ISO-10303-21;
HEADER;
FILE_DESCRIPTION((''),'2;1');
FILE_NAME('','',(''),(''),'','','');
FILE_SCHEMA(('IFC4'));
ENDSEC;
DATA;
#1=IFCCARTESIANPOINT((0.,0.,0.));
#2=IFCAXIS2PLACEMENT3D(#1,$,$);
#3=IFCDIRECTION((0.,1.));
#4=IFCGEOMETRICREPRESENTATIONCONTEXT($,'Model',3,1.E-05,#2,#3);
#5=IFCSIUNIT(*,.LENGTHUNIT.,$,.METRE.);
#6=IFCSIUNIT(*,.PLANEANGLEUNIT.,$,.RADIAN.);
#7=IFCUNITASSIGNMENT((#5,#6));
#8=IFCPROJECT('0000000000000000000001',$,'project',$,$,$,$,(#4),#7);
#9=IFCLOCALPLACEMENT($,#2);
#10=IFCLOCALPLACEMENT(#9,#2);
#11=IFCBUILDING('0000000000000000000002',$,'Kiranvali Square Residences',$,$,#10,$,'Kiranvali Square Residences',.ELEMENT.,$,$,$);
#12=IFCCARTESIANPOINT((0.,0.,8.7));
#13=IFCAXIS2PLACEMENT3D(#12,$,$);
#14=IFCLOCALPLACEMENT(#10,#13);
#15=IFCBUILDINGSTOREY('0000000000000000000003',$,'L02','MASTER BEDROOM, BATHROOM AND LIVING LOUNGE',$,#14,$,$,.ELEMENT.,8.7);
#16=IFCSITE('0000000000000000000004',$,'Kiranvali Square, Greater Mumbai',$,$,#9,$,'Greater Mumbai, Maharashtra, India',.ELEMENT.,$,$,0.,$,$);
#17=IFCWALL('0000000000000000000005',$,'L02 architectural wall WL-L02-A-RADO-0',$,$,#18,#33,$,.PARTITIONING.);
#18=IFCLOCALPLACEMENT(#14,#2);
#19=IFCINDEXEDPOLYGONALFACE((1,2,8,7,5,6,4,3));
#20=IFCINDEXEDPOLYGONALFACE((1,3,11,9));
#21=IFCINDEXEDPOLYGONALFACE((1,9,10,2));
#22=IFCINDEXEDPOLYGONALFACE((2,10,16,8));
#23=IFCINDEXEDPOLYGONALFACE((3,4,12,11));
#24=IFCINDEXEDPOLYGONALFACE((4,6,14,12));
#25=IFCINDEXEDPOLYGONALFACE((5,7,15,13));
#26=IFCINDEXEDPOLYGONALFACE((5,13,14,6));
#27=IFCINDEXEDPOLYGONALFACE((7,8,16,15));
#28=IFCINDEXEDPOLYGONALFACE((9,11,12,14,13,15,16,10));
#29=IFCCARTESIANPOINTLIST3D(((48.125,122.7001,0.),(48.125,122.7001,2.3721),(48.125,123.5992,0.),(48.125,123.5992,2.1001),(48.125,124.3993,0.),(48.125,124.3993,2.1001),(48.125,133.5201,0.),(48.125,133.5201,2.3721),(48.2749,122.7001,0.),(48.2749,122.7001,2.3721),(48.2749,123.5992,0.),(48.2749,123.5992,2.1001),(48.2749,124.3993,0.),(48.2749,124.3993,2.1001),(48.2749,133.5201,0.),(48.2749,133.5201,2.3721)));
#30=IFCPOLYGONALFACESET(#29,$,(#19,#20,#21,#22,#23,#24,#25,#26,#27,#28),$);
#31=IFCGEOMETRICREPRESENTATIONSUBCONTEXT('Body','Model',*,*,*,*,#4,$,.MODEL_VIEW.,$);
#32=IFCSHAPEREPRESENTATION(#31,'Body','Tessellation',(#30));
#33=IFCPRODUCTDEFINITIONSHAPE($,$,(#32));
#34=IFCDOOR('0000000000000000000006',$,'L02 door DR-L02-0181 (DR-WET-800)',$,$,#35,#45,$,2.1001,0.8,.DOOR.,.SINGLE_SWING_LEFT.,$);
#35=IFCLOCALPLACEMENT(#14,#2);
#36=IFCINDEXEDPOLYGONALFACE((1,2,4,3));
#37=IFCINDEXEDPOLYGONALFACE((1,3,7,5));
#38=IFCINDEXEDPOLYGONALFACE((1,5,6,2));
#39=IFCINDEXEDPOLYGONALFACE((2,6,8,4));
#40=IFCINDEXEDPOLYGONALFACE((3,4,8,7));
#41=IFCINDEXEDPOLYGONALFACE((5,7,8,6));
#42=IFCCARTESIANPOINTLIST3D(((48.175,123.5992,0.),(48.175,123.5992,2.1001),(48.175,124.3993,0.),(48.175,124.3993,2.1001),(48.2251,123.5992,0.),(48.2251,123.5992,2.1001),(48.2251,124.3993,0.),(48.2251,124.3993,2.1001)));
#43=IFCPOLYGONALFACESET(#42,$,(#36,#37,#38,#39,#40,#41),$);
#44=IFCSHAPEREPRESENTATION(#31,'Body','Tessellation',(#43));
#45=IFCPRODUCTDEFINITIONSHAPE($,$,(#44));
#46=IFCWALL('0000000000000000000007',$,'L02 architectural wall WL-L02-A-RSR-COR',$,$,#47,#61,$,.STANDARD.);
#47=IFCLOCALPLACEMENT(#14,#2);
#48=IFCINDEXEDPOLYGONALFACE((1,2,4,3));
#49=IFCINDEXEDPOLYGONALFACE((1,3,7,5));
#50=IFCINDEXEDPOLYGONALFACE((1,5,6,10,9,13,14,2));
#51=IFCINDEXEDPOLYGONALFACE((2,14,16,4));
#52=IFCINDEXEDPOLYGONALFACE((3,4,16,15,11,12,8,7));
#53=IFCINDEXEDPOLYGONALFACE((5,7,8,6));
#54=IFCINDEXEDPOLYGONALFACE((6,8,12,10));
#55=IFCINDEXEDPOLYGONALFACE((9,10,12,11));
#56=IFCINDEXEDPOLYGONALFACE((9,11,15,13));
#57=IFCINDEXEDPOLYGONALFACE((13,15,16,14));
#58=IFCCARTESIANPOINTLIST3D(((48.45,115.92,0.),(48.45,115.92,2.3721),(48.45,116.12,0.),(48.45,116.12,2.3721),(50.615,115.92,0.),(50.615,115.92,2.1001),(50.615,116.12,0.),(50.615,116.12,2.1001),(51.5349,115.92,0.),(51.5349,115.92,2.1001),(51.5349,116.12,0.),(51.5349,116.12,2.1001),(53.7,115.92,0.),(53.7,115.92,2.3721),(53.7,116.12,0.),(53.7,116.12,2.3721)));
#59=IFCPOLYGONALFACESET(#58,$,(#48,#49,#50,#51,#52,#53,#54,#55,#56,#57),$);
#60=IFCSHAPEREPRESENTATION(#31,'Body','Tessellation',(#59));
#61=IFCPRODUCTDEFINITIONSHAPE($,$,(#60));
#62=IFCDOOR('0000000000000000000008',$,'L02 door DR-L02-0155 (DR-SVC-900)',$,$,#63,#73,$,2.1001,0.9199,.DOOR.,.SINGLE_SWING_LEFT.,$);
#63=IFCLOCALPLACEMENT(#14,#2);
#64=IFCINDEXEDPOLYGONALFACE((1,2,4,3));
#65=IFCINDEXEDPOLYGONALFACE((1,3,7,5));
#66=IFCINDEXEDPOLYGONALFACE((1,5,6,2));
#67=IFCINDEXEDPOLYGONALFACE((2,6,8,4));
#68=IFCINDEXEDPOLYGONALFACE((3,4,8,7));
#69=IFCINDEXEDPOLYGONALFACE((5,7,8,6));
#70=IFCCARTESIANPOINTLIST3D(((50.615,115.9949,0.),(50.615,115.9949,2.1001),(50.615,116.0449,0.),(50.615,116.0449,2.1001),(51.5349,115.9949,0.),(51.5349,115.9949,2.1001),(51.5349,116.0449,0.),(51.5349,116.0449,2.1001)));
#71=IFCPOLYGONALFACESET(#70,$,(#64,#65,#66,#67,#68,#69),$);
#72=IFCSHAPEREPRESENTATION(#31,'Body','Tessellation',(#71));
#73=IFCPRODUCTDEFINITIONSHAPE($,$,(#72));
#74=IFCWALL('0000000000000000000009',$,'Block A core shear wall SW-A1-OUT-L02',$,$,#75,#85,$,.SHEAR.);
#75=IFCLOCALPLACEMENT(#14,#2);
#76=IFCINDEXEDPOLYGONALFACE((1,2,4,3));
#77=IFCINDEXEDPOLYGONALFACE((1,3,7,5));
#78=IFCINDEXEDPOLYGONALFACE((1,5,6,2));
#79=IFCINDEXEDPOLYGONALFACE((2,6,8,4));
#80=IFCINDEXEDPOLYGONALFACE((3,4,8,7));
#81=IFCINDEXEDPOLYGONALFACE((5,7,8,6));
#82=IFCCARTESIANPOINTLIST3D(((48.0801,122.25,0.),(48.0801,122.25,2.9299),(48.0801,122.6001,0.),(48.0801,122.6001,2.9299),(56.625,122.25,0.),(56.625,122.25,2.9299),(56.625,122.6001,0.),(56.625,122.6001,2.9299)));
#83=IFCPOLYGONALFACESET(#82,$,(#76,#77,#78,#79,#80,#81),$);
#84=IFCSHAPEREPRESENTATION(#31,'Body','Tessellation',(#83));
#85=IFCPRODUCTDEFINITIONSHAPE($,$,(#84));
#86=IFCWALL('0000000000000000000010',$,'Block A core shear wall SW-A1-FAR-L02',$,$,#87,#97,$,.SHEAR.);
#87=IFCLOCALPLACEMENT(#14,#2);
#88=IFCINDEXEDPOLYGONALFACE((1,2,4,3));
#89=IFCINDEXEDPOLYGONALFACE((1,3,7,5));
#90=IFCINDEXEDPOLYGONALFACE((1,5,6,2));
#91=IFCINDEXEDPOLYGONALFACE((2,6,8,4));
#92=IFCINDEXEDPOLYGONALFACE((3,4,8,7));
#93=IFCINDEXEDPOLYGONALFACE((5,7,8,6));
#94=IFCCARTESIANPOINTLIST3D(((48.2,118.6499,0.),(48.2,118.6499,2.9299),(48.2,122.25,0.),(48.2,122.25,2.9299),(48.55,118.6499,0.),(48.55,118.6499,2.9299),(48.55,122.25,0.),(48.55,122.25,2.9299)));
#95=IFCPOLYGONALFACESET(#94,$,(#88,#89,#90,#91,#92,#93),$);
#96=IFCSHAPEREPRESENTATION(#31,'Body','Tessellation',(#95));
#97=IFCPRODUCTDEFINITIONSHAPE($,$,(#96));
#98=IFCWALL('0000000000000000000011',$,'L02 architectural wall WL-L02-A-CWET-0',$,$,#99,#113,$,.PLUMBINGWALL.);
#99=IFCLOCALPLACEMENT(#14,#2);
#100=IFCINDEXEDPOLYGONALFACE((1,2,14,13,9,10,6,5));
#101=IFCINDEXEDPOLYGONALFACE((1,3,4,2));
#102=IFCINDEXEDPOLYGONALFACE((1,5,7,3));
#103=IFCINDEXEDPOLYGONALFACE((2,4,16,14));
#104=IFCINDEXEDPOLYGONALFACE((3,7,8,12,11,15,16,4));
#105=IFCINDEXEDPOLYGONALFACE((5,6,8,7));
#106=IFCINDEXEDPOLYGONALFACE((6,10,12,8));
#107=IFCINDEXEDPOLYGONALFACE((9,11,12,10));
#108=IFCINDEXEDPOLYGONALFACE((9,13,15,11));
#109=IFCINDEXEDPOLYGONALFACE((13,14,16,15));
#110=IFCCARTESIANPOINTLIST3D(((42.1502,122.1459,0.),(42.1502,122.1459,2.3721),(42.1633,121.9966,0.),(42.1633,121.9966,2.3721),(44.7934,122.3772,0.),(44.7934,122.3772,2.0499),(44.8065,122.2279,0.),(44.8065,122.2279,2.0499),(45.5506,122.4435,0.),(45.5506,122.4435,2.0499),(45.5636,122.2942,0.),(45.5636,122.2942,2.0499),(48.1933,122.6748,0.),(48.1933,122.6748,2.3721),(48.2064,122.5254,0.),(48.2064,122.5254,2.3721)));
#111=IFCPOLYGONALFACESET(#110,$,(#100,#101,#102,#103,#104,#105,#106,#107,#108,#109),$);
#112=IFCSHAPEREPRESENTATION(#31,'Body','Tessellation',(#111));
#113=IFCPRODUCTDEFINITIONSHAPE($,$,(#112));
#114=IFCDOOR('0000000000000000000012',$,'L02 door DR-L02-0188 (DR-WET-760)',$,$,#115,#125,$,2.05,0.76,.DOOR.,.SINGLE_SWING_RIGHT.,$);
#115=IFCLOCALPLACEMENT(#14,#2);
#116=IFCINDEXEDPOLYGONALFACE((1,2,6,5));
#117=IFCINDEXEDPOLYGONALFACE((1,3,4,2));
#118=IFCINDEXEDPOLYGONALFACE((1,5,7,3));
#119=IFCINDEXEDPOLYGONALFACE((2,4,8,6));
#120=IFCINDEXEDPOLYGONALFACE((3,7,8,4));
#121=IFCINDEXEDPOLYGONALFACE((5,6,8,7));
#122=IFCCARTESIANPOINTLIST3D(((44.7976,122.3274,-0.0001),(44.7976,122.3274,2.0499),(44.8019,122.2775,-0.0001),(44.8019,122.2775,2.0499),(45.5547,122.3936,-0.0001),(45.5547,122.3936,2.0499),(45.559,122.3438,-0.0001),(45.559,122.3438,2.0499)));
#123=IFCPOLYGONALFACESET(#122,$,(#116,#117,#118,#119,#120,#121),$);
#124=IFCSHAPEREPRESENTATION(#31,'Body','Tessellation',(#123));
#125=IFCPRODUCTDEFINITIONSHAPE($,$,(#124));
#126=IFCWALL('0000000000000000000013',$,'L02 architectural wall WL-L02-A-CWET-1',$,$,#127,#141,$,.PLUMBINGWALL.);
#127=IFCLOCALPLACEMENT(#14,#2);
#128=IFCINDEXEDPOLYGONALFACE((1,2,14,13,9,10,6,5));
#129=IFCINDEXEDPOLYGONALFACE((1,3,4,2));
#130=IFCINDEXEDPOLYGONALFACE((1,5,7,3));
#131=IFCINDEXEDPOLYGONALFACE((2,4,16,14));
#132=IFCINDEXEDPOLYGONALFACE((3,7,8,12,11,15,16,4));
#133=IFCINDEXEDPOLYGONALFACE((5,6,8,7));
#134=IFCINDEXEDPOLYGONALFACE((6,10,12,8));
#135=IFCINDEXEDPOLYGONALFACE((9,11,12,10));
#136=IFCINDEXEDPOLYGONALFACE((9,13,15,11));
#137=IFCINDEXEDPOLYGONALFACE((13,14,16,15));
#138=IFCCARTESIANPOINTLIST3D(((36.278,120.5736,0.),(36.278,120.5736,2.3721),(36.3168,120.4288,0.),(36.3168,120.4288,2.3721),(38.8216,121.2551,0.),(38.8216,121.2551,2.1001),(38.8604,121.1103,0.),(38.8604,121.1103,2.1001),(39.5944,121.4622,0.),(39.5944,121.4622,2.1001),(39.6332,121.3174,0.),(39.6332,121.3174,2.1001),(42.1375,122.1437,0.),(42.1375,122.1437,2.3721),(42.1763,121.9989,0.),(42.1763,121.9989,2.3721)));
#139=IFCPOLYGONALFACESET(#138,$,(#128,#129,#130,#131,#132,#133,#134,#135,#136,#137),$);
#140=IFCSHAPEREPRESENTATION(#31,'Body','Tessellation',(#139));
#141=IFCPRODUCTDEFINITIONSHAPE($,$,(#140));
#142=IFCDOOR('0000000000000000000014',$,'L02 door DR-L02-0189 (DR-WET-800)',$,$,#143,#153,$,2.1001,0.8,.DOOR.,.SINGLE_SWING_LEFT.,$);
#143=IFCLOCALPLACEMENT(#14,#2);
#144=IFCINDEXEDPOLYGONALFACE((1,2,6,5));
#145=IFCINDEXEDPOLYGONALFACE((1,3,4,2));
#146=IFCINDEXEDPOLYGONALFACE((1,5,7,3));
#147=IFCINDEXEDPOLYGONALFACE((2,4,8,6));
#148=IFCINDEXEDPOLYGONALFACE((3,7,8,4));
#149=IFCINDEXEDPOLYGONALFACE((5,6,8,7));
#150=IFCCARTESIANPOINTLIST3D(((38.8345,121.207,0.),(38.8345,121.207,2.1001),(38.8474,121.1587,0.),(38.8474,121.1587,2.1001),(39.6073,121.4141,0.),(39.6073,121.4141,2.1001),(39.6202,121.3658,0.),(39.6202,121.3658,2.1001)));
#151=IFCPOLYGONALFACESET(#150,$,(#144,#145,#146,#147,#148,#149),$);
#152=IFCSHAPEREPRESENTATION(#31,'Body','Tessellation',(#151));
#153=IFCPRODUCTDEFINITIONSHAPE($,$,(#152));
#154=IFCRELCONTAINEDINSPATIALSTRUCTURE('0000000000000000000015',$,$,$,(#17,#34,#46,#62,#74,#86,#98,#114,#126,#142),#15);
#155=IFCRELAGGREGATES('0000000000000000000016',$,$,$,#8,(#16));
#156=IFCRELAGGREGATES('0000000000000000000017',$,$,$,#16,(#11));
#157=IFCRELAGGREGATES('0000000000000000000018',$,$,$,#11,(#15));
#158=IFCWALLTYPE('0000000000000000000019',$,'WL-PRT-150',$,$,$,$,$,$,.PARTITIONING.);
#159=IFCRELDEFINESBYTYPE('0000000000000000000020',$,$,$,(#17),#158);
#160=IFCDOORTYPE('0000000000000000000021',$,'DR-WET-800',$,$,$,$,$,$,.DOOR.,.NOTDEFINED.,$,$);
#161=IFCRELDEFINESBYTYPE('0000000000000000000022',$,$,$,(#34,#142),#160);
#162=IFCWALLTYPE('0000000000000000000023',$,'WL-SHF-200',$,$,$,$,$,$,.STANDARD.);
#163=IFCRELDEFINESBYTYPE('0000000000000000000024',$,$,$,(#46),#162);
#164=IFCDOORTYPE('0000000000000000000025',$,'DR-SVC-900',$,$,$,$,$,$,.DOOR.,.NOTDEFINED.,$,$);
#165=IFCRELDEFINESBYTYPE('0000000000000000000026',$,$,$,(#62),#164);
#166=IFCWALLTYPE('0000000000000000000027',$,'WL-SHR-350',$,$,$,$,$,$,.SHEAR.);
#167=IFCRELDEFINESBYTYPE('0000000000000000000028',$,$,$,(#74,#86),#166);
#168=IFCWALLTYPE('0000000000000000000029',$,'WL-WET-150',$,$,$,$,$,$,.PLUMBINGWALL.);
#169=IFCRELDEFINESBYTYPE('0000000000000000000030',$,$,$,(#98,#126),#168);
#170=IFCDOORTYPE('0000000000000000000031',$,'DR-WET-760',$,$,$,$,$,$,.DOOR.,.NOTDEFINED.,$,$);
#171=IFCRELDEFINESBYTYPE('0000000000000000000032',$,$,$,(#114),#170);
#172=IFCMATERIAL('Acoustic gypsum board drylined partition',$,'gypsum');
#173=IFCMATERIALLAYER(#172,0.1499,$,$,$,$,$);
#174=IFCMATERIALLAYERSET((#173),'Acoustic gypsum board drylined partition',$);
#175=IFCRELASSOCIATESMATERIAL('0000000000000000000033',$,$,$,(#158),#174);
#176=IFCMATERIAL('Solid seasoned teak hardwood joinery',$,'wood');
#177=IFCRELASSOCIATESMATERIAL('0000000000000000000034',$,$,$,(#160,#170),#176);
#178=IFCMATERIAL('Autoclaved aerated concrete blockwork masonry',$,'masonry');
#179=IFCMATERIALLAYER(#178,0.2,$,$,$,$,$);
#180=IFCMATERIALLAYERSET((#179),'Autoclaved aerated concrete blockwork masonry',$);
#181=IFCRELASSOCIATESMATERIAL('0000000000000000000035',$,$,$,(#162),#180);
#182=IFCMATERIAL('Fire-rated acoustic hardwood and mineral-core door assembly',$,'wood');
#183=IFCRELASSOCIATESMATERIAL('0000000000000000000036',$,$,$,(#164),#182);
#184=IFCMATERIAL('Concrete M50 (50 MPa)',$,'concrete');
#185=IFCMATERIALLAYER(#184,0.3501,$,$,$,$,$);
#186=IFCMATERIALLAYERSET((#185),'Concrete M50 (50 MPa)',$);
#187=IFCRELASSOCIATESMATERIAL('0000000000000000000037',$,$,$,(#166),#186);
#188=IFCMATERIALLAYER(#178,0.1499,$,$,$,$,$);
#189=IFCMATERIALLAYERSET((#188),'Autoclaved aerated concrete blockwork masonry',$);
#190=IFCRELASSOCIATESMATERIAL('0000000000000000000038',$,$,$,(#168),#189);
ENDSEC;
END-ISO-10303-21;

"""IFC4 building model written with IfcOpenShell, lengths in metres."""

from ifc_helpers import new_model, si_unit, direction, frame, frame_2d, origin, place, context, subcontext, project, spatial, rectangle, extrude, material, layer, layer_set, type_object, element, fill, save


model = new_model("IFC4")

# Units and contexts
model_context = context("Model", 3, precision=1e-05, world=origin(), true_north=direction((0.0, 1.0)))
body_context = subcontext(model_context, "Body", "Model", "MODEL_VIEW")
ifc_project = project(units=[si_unit("LENGTHUNIT", "METRE"), si_unit("PLANEANGLEUNIT", "RADIAN")], contexts=[model_context])

# Site, building, storey
site_placement = place(None, origin())
site = spatial("IfcSite", under=ifc_project, at=site_placement, Name="Kiranvali Square, Greater Mumbai", LongName="Greater Mumbai, Maharashtra, India", CompositionType="ELEMENT", RefElevation=0.0)
building_placement = place(site_placement, origin())
building = spatial("IfcBuilding", under=site, at=building_placement, Name="Kiranvali Square Residences", LongName="Kiranvali Square Residences", CompositionType="ELEMENT")
storey_placement = place(building_placement, frame((0.0, 0.0, 8.7)))
storey = spatial("IfcBuildingStorey", under=building, at=storey_placement, Name="L02", Description="MASTER BEDROOM, BATHROOM AND LIVING LOUNGE", CompositionType="ELEMENT", Elevation=8.7)

# Shared definitions
ifc_material_1 = material(Name="Concrete M50 (50 MPa)", Category="concrete")

# Walls, openings, doors
ifc_material_2 = material(Name="Acoustic gypsum board drylined partition", Category="gypsum")
ifc_layer_1 = layer(ifc_material_2, 0.1499)
ifc_layer_set_1 = layer_set([ifc_layer_1], Name="Acoustic gypsum board drylined partition")
wall_type_1 = type_object("IfcWallType", Name="WL-PRT-150", PredefinedType="PARTITIONING", material=ifc_layer_set_1)
wall_1_placement = place(storey_placement, frame((48.2, 122.7, 0.0), z_axis=(0.0, 0.0, 1.0), x_axis=(0.0, 1.0, 0.0)))
wall_1 = element("IfcWall", 1, at=wall_1_placement, inside=storey, type_object=wall_type_1, Name="L02 architectural wall WL-L02-A-RADO-0", PredefinedType="PARTITIONING", context=body_context, shape_type="SweptSolid", body=[
    extrude(rectangle(XDim=10.8201, YDim=0.1499, at=frame_2d((5.4102, 0.0))), origin(), (0.0, 0.0, 1.0), 2.3721),
])
opening_1_placement = place(wall_1_placement, frame((0.8994, 0.0, 0.0)))
opening_1 = element("IfcOpeningElement", 2, at=opening_1_placement, cuts=wall_1, PredefinedType="OPENING", context=body_context, shape_type="SweptSolid", body=[
    extrude(rectangle(XDim=0.8, YDim=2.1001, at=frame_2d((0.3999, 1.05))), frame((0.0, 0.085, 0.0), z_axis=(0.0, -1.0, 0.0), x_axis=(1.0, 0.0, 0.0)), (0.0, 0.0, 1.0), 0.1699),
])
ifc_material_3 = material(Name="Solid seasoned teak hardwood joinery", Category="wood")
door_type_1 = type_object("IfcDoorType", Name="DR-WET-800", OperationType="NOTDEFINED", PredefinedType="DOOR", material=ifc_material_3)
door_1_placement = place(opening_1_placement, origin())
door_1 = element("IfcDoor", 3, at=door_1_placement, inside=storey, type_object=door_type_1, Name="L02 door DR-L02-0181 (DR-WET-800)", OperationType="SINGLE_SWING_LEFT", OverallHeight=2.1001, OverallWidth=0.8, PredefinedType="DOOR", context=body_context, shape_type="SweptSolid", body=[
    extrude(rectangle(XDim=0.8, YDim=2.1001, at=frame_2d((0.3999, 1.05))), frame((0.0, 0.0249, 0.0), z_axis=(0.0, -1.0, 0.0), x_axis=(1.0, 0.0, 0.0)), (0.0, 0.0, 1.0), 0.05),
])
fill(opening_1, door_1)
ifc_material_4 = material(Name="Autoclaved aerated concrete blockwork masonry", Category="masonry")
ifc_layer_2 = layer(ifc_material_4, 0.2)
ifc_layer_set_2 = layer_set([ifc_layer_2], Name="Autoclaved aerated concrete blockwork masonry")
wall_type_2 = type_object("IfcWallType", Name="WL-SHF-200", PredefinedType="STANDARD", material=ifc_layer_set_2)
wall_2_placement = place(storey_placement, frame((48.45, 116.02, 0.0), z_axis=(0.0, 0.0, 1.0), x_axis=(1.0, 0.0, 0.0)))
wall_2 = element("IfcWall", 4, at=wall_2_placement, inside=storey, type_object=wall_type_2, Name="L02 architectural wall WL-L02-A-RSR-COR", PredefinedType="STANDARD", context=body_context, shape_type="SweptSolid", body=[
    extrude(rectangle(XDim=5.25, YDim=0.2, at=frame_2d((2.625, 0.0))), origin(), (0.0, 0.0, 1.0), 2.3721),
])
opening_2_placement = place(wall_2_placement, frame((2.165, 0.0, 0.0)))
opening_2 = element("IfcOpeningElement", 5, at=opening_2_placement, cuts=wall_2, PredefinedType="OPENING", context=body_context, shape_type="SweptSolid", body=[
    extrude(rectangle(XDim=0.9199, YDim=2.1001, at=frame_2d((0.46, 1.05))), frame((0.0, 0.1099, 0.0), z_axis=(0.0, -1.0, 0.0), x_axis=(1.0, 0.0, 0.0)), (0.0, 0.0, 1.0), 0.22),
])
ifc_material_5 = material(Name="Fire-rated acoustic hardwood and mineral-core door assembly", Category="wood")
door_type_2 = type_object("IfcDoorType", Name="DR-SVC-900", OperationType="NOTDEFINED", PredefinedType="DOOR", material=ifc_material_5)
door_2_placement = place(opening_2_placement, origin())
door_2 = element("IfcDoor", 6, at=door_2_placement, inside=storey, type_object=door_type_2, Name="L02 door DR-L02-0155 (DR-SVC-900)", OperationType="SINGLE_SWING_LEFT", OverallHeight=2.1001, OverallWidth=0.9199, PredefinedType="DOOR", context=body_context, shape_type="SweptSolid", body=[
    extrude(rectangle(XDim=0.9199, YDim=2.1001, at=frame_2d((0.46, 1.05))), frame((0.0, 0.0249, 0.0), z_axis=(0.0, -1.0, 0.0), x_axis=(1.0, 0.0, 0.0)), (0.0, 0.0, 1.0), 0.05),
])
fill(opening_2, door_2)

# Wall
ifc_layer_3 = layer(ifc_material_1, 0.3501)
ifc_layer_set_3 = layer_set([ifc_layer_3], Name="Concrete M50 (50 MPa)")
wall_type_3 = type_object("IfcWallType", Name="WL-SHR-350", PredefinedType="SHEAR", material=ifc_layer_set_3)
wall_3_placement = place(storey_placement, frame((48.0801, 122.425, 0.0), z_axis=(0.0, 0.0, 1.0), x_axis=(1.0, 0.0, 0.0)))
element("IfcWall", 7, at=wall_3_placement, inside=storey, type_object=wall_type_3, Name="Block A core shear wall SW-A1-OUT-L02", PredefinedType="SHEAR", context=body_context, shape_type="SweptSolid", body=[
    extrude(rectangle(XDim=8.5449, YDim=0.3501, at=frame_2d((4.2725, 0.0))), origin(), (0.0, 0.0, 1.0), 2.9299),
])

# Wall
wall_4_placement = place(storey_placement, frame((48.375, 118.6499, 0.0), z_axis=(0.0, 0.0, 1.0), x_axis=(0.0, 1.0, 0.0)))
element("IfcWall", 8, at=wall_4_placement, inside=storey, type_object=wall_type_3, Name="Block A core shear wall SW-A1-FAR-L02", PredefinedType="SHEAR", context=body_context, shape_type="SweptSolid", body=[
    extrude(rectangle(XDim=3.6001, YDim=0.3501, at=frame_2d((1.8, 0.0))), origin(), (0.0, 0.0, 1.0), 2.9299),
])

# Walls, openings, doors
ifc_layer_4 = layer(ifc_material_4, 0.1499)
ifc_layer_set_4 = layer_set([ifc_layer_4], Name="Autoclaved aerated concrete blockwork masonry")
wall_type_4 = type_object("IfcWallType", Name="WL-WET-150", PredefinedType="PLUMBINGWALL", material=ifc_layer_set_4)
wall_5_placement = place(storey_placement, frame((48.2, 122.6001, 0.0), z_axis=(0.0, 0.0, 1.0), x_axis=(-0.996193, -0.087175, 0.0)))
wall_5 = element("IfcWall", 9, at=wall_5_placement, inside=storey, type_object=wall_type_4, Name="L02 architectural wall WL-L02-A-CWET-0", PredefinedType="PLUMBINGWALL", context=body_context, shape_type="SweptSolid", body=[
    extrude(rectangle(XDim=6.0662, YDim=0.1499, at=frame_2d((3.0332, 0.0))), origin(), (0.0, 0.0, 1.0), 2.3721),
])
opening_3_placement = place(wall_5_placement, frame((2.6531, 0.0, 0.0)))
opening_3 = element("IfcOpeningElement", 10, at=opening_3_placement, cuts=wall_5, PredefinedType="OPENING", context=body_context, shape_type="SweptSolid", body=[
    extrude(rectangle(XDim=0.76, YDim=2.05, at=frame_2d((0.3799, 1.0249))), frame((0.0, 0.085, 0.0), z_axis=(0.0, -1.0, 0.0), x_axis=(1.0, 0.0, 0.0)), (0.0, 0.0, 1.0), 0.1699),
])
door_type_3 = type_object("IfcDoorType", Name="DR-WET-760", OperationType="NOTDEFINED", PredefinedType="DOOR", material=ifc_material_3)
door_3_placement = place(opening_3_placement, frame((0.76, 0.0, 0.0), z_axis=(0.0, 0.0, 1.0), x_axis=(-1.0, 0.0, 0.0)))
door_3 = element("IfcDoor", 11, at=door_3_placement, inside=storey, type_object=door_type_3, Name="L02 door DR-L02-0188 (DR-WET-760)", OperationType="SINGLE_SWING_RIGHT", OverallHeight=2.05, OverallWidth=0.76, PredefinedType="DOOR", context=body_context, shape_type="SweptSolid", body=[
    extrude(rectangle(XDim=0.76, YDim=2.05, at=frame_2d((0.3799, 1.0249))), frame((0.0, 0.0249, 0.0), z_axis=(0.0, -1.0, 0.0), x_axis=(1.0, 0.0, 0.0)), (0.0, 0.0, 1.0), 0.05),
])
fill(opening_3, door_3)
wall_6_placement = place(storey_placement, frame((42.157, 122.0713, 0.0), z_axis=(0.0, 0.0, 1.0), x_axis=(-0.965924, -0.258827, 0.0)))
wall_6 = element("IfcWall", 12, at=wall_6_placement, inside=storey, type_object=wall_type_4, Name="L02 architectural wall WL-L02-A-CWET-1", PredefinedType="PLUMBINGWALL", context=body_context, shape_type="SweptSolid", body=[
    extrude(rectangle(XDim=6.0662, YDim=0.1499, at=frame_2d((3.0332, 0.0))), origin(), (0.0, 0.0, 1.0), 2.3721),
])
opening_4_placement = place(wall_6_placement, frame((2.6331, 0.0, 0.0)))
opening_4 = element("IfcOpeningElement", 13, at=opening_4_placement, cuts=wall_6, PredefinedType="OPENING", context=body_context, shape_type="SweptSolid", body=[
    extrude(rectangle(XDim=0.8, YDim=2.1001, at=frame_2d((0.3999, 1.05))), frame((0.0, 0.085, 0.0), z_axis=(0.0, -1.0, 0.0), x_axis=(1.0, 0.0, 0.0)), (0.0, 0.0, 1.0), 0.1699),
])
door_4_placement = place(opening_4_placement, origin())
door_4 = element("IfcDoor", 14, at=door_4_placement, inside=storey, type_object=door_type_1, Name="L02 door DR-L02-0189 (DR-WET-800)", OperationType="SINGLE_SWING_LEFT", OverallHeight=2.1001, OverallWidth=0.8, PredefinedType="DOOR", context=body_context, shape_type="SweptSolid", body=[
    extrude(rectangle(XDim=0.8, YDim=2.1001, at=frame_2d((0.3999, 1.05))), frame((0.0, 0.0249, 0.0), z_axis=(0.0, -1.0, 0.0), x_axis=(1.0, 0.0, 0.0)), (0.0, 0.0, 1.0), 0.05),
])
fill(opening_4, door_4)

save(model, "model.ifc")
